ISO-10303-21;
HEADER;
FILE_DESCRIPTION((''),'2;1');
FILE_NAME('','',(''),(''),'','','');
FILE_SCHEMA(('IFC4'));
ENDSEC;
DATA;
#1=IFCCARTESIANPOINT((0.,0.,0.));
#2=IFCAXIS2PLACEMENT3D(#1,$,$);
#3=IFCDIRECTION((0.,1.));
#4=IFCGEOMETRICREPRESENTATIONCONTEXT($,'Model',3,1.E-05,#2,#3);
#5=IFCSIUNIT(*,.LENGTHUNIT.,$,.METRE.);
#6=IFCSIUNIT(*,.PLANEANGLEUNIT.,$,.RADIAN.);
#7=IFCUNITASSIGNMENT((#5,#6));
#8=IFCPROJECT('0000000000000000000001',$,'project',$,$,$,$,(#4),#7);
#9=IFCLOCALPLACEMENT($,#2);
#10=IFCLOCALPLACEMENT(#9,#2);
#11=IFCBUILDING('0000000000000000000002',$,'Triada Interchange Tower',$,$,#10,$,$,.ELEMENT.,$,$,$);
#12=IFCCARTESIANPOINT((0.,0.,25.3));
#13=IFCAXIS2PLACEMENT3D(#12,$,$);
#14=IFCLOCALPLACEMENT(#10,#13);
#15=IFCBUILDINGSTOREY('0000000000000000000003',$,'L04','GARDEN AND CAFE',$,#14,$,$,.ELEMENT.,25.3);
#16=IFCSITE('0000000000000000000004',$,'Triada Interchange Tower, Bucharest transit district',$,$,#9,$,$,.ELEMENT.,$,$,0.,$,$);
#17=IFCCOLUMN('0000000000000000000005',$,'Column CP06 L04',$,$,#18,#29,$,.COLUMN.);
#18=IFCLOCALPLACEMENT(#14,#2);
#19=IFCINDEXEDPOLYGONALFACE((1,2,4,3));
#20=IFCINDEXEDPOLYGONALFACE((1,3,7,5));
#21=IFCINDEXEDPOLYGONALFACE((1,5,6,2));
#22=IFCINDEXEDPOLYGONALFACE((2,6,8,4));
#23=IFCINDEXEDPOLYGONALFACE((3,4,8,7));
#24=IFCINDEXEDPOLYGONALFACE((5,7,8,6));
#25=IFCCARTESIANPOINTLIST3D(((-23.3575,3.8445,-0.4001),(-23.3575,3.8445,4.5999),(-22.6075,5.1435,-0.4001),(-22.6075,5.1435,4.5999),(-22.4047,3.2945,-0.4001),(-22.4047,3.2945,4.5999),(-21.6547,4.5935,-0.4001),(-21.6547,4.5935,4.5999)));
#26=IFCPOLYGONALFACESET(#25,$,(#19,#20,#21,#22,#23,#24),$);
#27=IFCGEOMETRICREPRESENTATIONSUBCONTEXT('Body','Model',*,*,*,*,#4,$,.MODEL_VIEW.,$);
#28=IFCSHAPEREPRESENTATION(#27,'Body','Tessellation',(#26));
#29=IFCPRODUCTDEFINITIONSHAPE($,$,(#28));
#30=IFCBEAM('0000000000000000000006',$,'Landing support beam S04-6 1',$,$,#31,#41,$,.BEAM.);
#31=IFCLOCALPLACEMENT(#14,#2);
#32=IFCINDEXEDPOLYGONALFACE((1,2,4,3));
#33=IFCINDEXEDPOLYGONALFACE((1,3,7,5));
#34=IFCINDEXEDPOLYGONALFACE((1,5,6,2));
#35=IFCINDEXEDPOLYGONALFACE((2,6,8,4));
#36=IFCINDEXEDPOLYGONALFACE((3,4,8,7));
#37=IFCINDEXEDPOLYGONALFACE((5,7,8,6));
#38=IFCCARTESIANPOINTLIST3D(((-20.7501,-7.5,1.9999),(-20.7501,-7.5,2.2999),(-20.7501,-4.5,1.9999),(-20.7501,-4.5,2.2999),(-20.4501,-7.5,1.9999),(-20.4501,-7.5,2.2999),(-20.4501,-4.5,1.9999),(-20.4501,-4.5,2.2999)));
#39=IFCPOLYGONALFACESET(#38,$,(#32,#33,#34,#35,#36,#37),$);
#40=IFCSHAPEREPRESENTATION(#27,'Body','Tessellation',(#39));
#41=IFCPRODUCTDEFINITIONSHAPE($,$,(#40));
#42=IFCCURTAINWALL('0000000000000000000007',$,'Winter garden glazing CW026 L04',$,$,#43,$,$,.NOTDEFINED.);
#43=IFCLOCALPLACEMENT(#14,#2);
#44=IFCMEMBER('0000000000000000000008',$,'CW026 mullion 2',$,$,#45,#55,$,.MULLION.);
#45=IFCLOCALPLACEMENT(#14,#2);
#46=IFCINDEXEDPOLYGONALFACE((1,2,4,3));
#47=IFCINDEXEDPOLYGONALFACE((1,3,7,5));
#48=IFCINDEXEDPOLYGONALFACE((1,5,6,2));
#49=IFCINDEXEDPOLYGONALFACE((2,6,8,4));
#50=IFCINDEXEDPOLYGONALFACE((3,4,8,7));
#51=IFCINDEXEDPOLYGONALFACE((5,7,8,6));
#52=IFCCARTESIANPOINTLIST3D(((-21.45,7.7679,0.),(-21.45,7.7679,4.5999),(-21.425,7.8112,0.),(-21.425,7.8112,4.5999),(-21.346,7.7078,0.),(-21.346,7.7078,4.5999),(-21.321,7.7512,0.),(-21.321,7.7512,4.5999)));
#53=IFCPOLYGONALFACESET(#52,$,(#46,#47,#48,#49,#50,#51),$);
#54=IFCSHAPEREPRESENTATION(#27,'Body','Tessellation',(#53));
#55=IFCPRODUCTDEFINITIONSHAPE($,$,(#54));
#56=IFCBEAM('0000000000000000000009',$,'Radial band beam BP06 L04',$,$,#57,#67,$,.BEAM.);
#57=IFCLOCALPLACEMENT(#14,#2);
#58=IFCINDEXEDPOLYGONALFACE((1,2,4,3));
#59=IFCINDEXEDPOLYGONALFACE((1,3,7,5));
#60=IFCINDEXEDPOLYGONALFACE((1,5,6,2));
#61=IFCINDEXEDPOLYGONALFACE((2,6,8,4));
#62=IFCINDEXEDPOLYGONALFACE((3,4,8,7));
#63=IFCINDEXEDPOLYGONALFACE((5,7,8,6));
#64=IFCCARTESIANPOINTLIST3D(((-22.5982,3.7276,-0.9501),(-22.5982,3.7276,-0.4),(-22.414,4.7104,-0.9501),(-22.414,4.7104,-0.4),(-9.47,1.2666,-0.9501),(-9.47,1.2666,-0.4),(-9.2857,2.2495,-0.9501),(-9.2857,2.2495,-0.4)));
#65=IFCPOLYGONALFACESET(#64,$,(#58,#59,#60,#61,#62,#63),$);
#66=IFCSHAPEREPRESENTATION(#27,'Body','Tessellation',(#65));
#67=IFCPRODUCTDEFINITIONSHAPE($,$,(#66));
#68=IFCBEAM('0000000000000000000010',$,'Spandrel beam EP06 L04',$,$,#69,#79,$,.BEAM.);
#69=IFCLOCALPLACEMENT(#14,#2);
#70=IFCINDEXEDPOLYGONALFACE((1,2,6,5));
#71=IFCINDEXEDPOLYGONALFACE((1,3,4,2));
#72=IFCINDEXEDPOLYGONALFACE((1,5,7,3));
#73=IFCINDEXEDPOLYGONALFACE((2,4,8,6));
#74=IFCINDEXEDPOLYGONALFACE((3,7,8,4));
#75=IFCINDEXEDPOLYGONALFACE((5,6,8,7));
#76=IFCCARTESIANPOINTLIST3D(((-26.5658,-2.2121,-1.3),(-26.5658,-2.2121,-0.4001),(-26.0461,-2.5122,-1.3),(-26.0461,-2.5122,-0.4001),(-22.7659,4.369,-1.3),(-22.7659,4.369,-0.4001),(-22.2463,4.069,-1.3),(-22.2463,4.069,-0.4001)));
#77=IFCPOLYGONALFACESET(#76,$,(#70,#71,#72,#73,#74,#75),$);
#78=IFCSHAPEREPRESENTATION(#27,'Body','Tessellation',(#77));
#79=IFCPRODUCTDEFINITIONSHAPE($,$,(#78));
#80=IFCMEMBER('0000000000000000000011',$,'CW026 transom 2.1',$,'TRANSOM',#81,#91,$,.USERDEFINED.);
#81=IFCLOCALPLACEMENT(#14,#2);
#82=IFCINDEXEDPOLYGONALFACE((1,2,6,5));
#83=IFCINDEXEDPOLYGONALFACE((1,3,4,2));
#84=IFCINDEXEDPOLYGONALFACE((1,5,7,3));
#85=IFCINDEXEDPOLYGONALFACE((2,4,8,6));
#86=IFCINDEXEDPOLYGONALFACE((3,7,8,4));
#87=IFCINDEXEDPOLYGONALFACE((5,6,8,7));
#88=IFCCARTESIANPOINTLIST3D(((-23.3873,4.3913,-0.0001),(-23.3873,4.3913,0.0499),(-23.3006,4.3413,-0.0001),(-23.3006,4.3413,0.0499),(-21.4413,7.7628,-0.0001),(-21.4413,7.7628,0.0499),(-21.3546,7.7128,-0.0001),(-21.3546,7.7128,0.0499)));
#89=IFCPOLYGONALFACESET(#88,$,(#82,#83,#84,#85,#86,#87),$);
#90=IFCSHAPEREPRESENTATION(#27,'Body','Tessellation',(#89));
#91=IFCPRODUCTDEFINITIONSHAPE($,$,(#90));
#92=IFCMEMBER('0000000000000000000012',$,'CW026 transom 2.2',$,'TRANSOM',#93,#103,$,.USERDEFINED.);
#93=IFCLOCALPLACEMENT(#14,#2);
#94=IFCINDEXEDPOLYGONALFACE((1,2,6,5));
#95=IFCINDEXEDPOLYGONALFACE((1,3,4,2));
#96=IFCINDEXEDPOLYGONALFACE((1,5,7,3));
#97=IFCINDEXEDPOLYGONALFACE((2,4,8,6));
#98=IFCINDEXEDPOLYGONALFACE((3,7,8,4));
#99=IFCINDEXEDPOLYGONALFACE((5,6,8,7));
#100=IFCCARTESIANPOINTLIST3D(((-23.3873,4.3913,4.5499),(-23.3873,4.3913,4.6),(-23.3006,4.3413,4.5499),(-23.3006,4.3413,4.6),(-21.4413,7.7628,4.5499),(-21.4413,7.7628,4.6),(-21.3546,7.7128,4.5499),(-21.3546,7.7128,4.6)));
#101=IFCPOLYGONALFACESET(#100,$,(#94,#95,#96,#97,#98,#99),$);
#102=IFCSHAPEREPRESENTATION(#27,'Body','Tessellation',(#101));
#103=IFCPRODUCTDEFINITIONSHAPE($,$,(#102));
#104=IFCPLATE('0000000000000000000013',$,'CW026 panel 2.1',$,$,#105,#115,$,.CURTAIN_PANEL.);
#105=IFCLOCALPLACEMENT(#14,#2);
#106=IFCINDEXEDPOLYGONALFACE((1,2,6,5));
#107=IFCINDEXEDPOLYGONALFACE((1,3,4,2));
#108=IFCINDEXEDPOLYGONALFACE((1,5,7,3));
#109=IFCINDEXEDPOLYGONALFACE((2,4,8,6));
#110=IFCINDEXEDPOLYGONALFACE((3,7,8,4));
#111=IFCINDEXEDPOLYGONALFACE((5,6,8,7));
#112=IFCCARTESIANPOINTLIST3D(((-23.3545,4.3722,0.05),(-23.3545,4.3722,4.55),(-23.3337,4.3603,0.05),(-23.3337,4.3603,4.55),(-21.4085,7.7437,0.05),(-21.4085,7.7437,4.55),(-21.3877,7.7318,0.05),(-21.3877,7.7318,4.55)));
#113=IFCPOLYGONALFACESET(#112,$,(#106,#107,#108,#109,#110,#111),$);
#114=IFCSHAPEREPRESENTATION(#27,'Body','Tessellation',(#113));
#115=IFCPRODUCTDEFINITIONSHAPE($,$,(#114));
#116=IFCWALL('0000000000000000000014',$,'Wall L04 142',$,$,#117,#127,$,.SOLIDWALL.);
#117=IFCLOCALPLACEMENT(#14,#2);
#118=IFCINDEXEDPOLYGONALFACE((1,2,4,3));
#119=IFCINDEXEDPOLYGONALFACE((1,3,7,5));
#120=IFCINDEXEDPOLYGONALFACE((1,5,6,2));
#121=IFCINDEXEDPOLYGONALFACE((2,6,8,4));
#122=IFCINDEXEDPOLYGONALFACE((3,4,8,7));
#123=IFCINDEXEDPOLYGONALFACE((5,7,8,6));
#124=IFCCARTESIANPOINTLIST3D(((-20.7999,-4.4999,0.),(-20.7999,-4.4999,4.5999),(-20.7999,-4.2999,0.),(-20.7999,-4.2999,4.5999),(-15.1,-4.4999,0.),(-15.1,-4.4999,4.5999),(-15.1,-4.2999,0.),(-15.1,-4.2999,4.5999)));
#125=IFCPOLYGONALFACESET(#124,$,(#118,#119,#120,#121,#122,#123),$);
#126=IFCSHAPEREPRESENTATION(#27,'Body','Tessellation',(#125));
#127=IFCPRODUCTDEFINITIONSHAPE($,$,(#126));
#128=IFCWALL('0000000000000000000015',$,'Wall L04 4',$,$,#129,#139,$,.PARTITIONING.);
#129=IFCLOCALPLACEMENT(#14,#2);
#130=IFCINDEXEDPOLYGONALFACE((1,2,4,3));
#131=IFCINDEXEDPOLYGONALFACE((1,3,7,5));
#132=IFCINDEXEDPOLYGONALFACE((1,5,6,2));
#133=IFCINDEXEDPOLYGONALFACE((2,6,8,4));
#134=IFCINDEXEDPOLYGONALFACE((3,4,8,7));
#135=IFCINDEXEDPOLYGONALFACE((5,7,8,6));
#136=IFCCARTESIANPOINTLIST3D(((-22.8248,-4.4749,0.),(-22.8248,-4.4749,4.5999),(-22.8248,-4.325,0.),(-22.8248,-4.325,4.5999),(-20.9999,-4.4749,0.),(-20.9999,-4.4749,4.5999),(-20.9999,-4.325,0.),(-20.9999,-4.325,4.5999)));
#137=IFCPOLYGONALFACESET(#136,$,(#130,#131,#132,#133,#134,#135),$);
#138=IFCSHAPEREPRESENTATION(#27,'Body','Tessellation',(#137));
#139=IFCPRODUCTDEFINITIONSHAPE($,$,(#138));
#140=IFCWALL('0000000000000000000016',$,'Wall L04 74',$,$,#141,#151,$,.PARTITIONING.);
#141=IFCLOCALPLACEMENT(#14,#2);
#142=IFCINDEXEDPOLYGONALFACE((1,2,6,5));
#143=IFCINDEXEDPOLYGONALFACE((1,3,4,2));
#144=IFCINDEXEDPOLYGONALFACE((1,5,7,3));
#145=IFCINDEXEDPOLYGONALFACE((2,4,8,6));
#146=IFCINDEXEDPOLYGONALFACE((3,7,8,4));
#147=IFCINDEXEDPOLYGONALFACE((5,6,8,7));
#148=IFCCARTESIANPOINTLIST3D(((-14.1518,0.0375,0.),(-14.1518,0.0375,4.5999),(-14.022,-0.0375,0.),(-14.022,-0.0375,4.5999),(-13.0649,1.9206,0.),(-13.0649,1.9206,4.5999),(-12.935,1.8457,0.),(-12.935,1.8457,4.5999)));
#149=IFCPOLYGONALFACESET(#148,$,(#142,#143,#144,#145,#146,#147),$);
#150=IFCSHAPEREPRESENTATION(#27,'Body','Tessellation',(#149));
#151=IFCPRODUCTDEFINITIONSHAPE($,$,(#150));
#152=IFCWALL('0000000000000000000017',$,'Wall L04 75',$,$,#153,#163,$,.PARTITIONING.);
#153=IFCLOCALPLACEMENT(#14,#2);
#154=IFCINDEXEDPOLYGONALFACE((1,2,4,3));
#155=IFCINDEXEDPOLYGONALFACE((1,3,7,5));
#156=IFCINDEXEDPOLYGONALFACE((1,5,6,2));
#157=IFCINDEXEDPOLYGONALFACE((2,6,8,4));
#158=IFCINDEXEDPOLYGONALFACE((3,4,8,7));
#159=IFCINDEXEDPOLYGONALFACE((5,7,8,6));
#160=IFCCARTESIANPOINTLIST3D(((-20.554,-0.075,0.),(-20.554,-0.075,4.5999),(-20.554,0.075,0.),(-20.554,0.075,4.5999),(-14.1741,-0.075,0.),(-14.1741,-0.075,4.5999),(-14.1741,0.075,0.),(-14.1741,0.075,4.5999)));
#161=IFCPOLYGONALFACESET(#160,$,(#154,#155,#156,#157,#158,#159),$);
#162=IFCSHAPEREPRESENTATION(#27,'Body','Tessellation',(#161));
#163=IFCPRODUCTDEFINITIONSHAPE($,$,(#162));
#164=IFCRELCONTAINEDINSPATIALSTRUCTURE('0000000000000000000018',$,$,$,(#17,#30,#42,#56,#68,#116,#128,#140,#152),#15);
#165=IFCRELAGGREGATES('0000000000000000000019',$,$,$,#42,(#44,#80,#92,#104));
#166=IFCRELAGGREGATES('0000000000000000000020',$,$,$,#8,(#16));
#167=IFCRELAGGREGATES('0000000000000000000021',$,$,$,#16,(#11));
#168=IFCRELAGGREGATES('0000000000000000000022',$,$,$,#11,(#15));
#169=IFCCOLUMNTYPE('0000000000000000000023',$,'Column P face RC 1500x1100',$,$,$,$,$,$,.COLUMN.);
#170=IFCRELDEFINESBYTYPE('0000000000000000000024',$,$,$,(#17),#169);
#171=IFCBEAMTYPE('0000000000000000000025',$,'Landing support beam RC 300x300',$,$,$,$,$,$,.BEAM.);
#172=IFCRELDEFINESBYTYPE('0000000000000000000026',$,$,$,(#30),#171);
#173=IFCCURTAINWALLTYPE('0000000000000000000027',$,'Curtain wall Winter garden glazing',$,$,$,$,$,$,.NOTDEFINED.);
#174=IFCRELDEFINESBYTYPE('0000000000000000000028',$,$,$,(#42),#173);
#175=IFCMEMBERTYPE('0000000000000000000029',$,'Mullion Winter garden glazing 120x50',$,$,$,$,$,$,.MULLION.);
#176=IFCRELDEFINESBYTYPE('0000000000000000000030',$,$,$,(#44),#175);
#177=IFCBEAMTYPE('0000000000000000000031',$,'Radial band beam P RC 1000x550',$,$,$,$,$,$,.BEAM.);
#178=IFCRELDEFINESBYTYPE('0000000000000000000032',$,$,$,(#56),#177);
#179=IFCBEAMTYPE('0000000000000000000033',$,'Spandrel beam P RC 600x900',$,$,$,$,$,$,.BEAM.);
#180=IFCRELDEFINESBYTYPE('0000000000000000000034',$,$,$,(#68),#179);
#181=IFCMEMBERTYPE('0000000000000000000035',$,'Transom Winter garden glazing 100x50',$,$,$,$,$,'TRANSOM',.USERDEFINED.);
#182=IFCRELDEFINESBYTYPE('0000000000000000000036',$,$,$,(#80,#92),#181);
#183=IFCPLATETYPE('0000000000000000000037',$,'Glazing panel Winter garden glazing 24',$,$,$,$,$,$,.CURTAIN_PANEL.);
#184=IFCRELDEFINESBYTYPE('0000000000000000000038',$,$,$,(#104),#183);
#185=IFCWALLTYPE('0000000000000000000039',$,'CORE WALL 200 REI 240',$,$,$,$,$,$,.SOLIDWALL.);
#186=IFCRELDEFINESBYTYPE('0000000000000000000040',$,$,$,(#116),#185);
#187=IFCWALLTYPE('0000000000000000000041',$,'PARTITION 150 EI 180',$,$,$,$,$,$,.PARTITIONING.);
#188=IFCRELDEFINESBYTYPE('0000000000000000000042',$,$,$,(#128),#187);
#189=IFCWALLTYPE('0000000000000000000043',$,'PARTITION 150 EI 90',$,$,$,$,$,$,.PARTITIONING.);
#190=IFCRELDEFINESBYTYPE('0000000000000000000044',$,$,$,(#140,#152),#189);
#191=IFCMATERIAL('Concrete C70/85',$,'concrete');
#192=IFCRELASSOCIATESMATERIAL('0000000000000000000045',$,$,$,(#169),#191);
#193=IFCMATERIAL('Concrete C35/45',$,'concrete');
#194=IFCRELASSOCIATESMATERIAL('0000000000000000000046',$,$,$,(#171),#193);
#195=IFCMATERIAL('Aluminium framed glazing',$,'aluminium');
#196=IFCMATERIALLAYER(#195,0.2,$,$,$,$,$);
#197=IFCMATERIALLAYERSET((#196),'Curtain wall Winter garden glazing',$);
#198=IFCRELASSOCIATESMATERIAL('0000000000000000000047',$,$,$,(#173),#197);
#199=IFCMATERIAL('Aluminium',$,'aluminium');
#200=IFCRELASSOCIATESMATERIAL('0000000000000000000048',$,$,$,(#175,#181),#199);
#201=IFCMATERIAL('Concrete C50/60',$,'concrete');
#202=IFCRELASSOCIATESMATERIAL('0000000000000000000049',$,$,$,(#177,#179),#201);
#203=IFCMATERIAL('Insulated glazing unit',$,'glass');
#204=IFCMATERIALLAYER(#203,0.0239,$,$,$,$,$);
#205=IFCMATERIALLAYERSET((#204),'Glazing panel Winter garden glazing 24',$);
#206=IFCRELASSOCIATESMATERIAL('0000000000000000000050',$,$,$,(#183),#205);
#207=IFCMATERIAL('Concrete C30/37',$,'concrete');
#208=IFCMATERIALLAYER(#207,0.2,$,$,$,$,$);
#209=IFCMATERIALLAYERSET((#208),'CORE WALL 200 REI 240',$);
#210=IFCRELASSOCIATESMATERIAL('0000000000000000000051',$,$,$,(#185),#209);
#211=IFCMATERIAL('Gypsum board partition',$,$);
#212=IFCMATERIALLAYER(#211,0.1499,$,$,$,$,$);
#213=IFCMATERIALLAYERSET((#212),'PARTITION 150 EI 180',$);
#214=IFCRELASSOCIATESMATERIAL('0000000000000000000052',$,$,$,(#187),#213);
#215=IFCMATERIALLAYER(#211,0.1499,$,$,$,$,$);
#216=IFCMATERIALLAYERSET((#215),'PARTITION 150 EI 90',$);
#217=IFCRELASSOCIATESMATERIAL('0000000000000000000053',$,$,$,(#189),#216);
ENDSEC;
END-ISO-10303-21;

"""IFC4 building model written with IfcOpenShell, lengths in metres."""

from ifc_helpers import new_model, si_unit, direction, frame, frame_2d, origin, origin_2d, place, context, subcontext, project, spatial, rectangle, extrude, material, layer, layer_set, material_profile, profile_set, type_object, element, aggregate, save


model = new_model("IFC4")

# Units and contexts
model_context = context("Model", 3, precision=1e-05, world=origin(), true_north=direction((0.0, 1.0)))
body_context = subcontext(model_context, "Body", "Model", "MODEL_VIEW")
ifc_project = project(units=[si_unit("LENGTHUNIT", "METRE"), si_unit("PLANEANGLEUNIT", "RADIAN")], contexts=[model_context])

# Site, building, storey
site_placement = place(None, origin())
site = spatial("IfcSite", under=ifc_project, at=site_placement, Name="Triada Interchange Tower, Bucharest transit district", CompositionType="ELEMENT", RefElevation=0.0)
building_placement = place(site_placement, origin())
building = spatial("IfcBuilding", under=site, at=building_placement, Name="Triada Interchange Tower", CompositionType="ELEMENT")
storey_placement = place(building_placement, frame((0.0, 0.0, 25.3)))
storey = spatial("IfcBuildingStorey", under=building, at=storey_placement, Name="L04", Description="GARDEN AND CAFE", CompositionType="ELEMENT", Elevation=25.3)

# Column
ifc_material_1 = material(Name="Concrete C70/85", Category="concrete")
ifc_material_profile_1 = material_profile(ifc_material_1, rectangle(XDim=1.5, YDim=1.1001, at=origin_2d()), Name="RC 1500x1100")
ifc_profile_set_1 = profile_set([ifc_material_profile_1], Name="Concrete C70/85")
column_type = type_object("IfcColumnType", Name="Column P face RC 1500x1100", PredefinedType="COLUMN", material=ifc_profile_set_1)
column_placement = place(storey_placement, frame((-22.5061, 4.219, -0.4001), z_axis=(0.0, 0.0, 1.0), x_axis=(0.5, 0.866025, 0.0)))
element("IfcColumn", 1, at=column_placement, inside=storey, type_object=column_type, Name="Column CP06 L04", PredefinedType="COLUMN", context=body_context, shape_type="SweptSolid", body=[
    extrude(rectangle(XDim=1.5, YDim=1.1001, at=origin_2d()), origin(), (0.0, 0.0, 1.0), 5.0),
])

# Beam
ifc_material_2 = material(Name="Concrete C35/45", Category="concrete")
ifc_material_profile_2 = material_profile(ifc_material_2, rectangle(XDim=0.3, YDim=0.3, at=origin_2d()), Name="RC 300x300")
ifc_profile_set_2 = profile_set([ifc_material_profile_2], Name="Concrete C35/45")
beam_type_1 = type_object("IfcBeamType", Name="Landing support beam RC 300x300", PredefinedType="BEAM", material=ifc_profile_set_2)
beam_1_placement = place(storey_placement, frame((-20.6001, -4.5, 2.1499), z_axis=(0.0, -1.0, 0.0), x_axis=(1.0, 0.0, 0.0)))
element("IfcBeam", 2, at=beam_1_placement, inside=storey, type_object=beam_type_1, Name="Landing support beam S04-6 1", PredefinedType="BEAM", context=body_context, shape_type="SweptSolid", body=[
    extrude(rectangle(XDim=0.3, YDim=0.3, at=origin_2d()), origin(), (0.0, 0.0, 1.0), 3.0),
])

# Curtain wall, member
ifc_material_3 = material(Name="Aluminium framed glazing", Category="aluminium")
ifc_layer_1 = layer(ifc_material_3, 0.2)
ifc_layer_set_1 = layer_set([ifc_layer_1], Name="Curtain wall Winter garden glazing")
curtain_wall_type = type_object("IfcCurtainWallType", Name="Curtain wall Winter garden glazing", PredefinedType="NOTDEFINED", material=ifc_layer_set_1)
curtain_wall_placement = place(storey_placement, origin())
curtain_wall = element("IfcCurtainWall", 3, at=curtain_wall_placement, inside=storey, type_object=curtain_wall_type, Name="Winter garden glazing CW026 L04", PredefinedType="NOTDEFINED")
ifc_material_4 = material(Name="Aluminium", Category="aluminium")
ifc_material_profile_3 = material_profile(ifc_material_4, rectangle(XDim=0.1201, YDim=0.05, at=origin_2d()), Name="Aluminium mullion")
ifc_profile_set_3 = profile_set([ifc_material_profile_3], Name="Aluminium")
member_type_1 = type_object("IfcMemberType", Name="Mullion Winter garden glazing 120x50", PredefinedType="MULLION", material=ifc_profile_set_3)
member_1_placement = place(storey_placement, frame((-21.3855, 7.7595, 0.0), z_axis=(0.0, 0.0, 1.0), x_axis=(0.866087, -0.499893, 0.0)))
member_1 = element("IfcMember", 4, at=member_1_placement, type_object=member_type_1, Name="CW026 mullion 2", PredefinedType="MULLION", context=body_context, shape_type="SweptSolid", body=[
    extrude(rectangle(XDim=0.1201, YDim=0.05, at=origin_2d()), origin(), (0.0, 0.0, 1.0), 4.5999),
])

# Beams
ifc_material_5 = material(Name="Concrete C50/60", Category="concrete")
ifc_material_profile_4 = material_profile(ifc_material_5, rectangle(XDim=1.0, YDim=0.55, at=origin_2d()), Name="RC 1000x550")
ifc_profile_set_4 = profile_set([ifc_material_profile_4], Name="Concrete C50/60")
beam_type_2 = type_object("IfcBeamType", Name="Radial band beam P RC 1000x550", PredefinedType="BEAM", material=ifc_profile_set_4)
beam_2_placement = place(storey_placement, frame((-22.5061, 4.219, -0.675), z_axis=(0.98288, -0.184245, 0.0), x_axis=(0.184245, 0.98288, 0.0)))
element("IfcBeam", 5, at=beam_2_placement, inside=storey, type_object=beam_type_2, Name="Radial band beam BP06 L04", PredefinedType="BEAM", context=body_context, shape_type="SweptSolid", body=[
    extrude(rectangle(XDim=1.0, YDim=0.55, at=origin_2d()), origin(), (0.0, 0.0, 1.0), 13.3569),
])
ifc_material_profile_5 = material_profile(ifc_material_5, rectangle(XDim=0.6001, YDim=0.8999, at=origin_2d()), Name="RC 600x900")
ifc_profile_set_5 = profile_set([ifc_material_profile_5], Name="Concrete C50/60")
beam_type_3 = type_object("IfcBeamType", Name="Spandrel beam P RC 600x900", PredefinedType="BEAM", material=ifc_profile_set_5)
beam_3_placement = place(storey_placement, frame((-22.5061, 4.219, -0.8501), z_axis=(-0.500023, -0.866012, 0.0), x_axis=(0.866012, -0.500023, 0.0)))
element("IfcBeam", 6, at=beam_3_placement, inside=storey, type_object=beam_type_3, Name="Spandrel beam EP06 L04", PredefinedType="BEAM", context=body_context, shape_type="SweptSolid", body=[
    extrude(rectangle(XDim=0.6001, YDim=0.8999, at=origin_2d()), origin(), (0.0, 0.0, 1.0), 7.5994),
])

# Members
ifc_material_profile_6 = material_profile(ifc_material_4, rectangle(XDim=0.1001, YDim=0.05, at=origin_2d()), Name="Aluminium transom")
ifc_profile_set_6 = profile_set([ifc_material_profile_6], Name="Aluminium")
member_type_2 = type_object("IfcMemberType", Name="Transom Winter garden glazing 100x50", ElementType="TRANSOM", PredefinedType="USERDEFINED", material=ifc_profile_set_6)
member_2_placement = place(storey_placement, frame((-21.3979, 7.7378, 0.0249), z_axis=(-0.499896, -0.866085, 0.0), x_axis=(0.866085, -0.499896, 0.0)))
member_2 = element("IfcMember", 7, at=member_2_placement, type_object=member_type_2, Name="CW026 transom 2.1", ObjectType="TRANSOM", PredefinedType="USERDEFINED", context=body_context, shape_type="SweptSolid", body=[
    extrude(rectangle(XDim=0.1001, YDim=0.05, at=origin_2d()), origin(), (0.0, 0.0, 1.0), 3.8928),
])
member_3_placement = place(storey_placement, frame((-21.3979, 7.7378, 4.575), z_axis=(-0.499896, -0.866085, 0.0), x_axis=(0.866085, -0.499896, 0.0)))
member_3 = element("IfcMember", 8, at=member_3_placement, type_object=member_type_2, Name="CW026 transom 2.2", ObjectType="TRANSOM", PredefinedType="USERDEFINED", context=body_context, shape_type="SweptSolid", body=[
    extrude(rectangle(XDim=0.1001, YDim=0.05, at=origin_2d()), origin(), (0.0, 0.0, 1.0), 3.8928),
])

# Plate
ifc_material_6 = material(Name="Insulated glazing unit", Category="glass")
ifc_layer_2 = layer(ifc_material_6, 0.0239)
ifc_layer_set_2 = layer_set([ifc_layer_2], Name="Glazing panel Winter garden glazing 24")
plate_type = type_object("IfcPlateType", Name="Glazing panel Winter garden glazing 24", PredefinedType="CURTAIN_PANEL", material=ifc_layer_set_2)
plate_placement = place(storey_placement, frame((-22.3711, 6.052, 0.05), z_axis=(0.0, 0.0, 1.0), x_axis=(-0.499893, -0.866087, 0.0)))
plate = element("IfcPlate", 9, at=plate_placement, type_object=plate_type, Name="CW026 panel 2.1", PredefinedType="CURTAIN_PANEL", context=body_context, shape_type="SweptSolid", body=[
    extrude(rectangle(XDim=3.8928, YDim=0.0239, at=origin_2d()), origin(), (0.0, 0.0, 1.0), 4.5),
])
aggregate(curtain_wall, [member_1, member_2, member_3, plate])

# Walls
ifc_material_7 = material(Name="Concrete C30/37", Category="concrete")
ifc_layer_3 = layer(ifc_material_7, 0.2)
ifc_layer_set_3 = layer_set([ifc_layer_3], Name="CORE WALL 200 REI 240")
wall_type_1 = type_object("IfcWallType", Name="CORE WALL 200 REI 240", PredefinedType="SOLIDWALL", material=ifc_layer_set_3)
wall_1_placement = place(storey_placement, frame((-20.8, -4.3999, 0.0), z_axis=(0.0, 0.0, 1.0), x_axis=(1.0, 0.0, 0.0)))
element("IfcWall", 10, at=wall_1_placement, inside=storey, type_object=wall_type_1, Name="Wall L04 142", PredefinedType="SOLIDWALL", context=body_context, shape_type="SweptSolid", body=[
    extrude(rectangle(XDim=5.7, YDim=0.2, at=frame_2d((2.8501, 0.0))), origin(), (0.0, 0.0, 1.0), 4.5999),
])
ifc_material_8 = material(Name="Gypsum board partition")
ifc_layer_4 = layer(ifc_material_8, 0.1499)
ifc_layer_set_4 = layer_set([ifc_layer_4], Name="PARTITION 150 EI 180")
wall_type_2 = type_object("IfcWallType", Name="PARTITION 150 EI 180", PredefinedType="PARTITIONING", material=ifc_layer_set_4)
wall_2_placement = place(storey_placement, frame((-22.825, -4.3999, 0.0), z_axis=(0.0, 0.0, 1.0), x_axis=(1.0, 0.0, 0.0)))
element("IfcWall", 11, at=wall_2_placement, inside=storey, type_object=wall_type_2, Name="Wall L04 4", PredefinedType="PARTITIONING", context=body_context, shape_type="SweptSolid", body=[
    extrude(rectangle(XDim=1.825, YDim=0.1499, at=frame_2d((0.9126, 0.0))), origin(), (0.0, 0.0, 1.0), 4.5999),
])
ifc_layer_5 = layer(ifc_material_8, 0.1499)
ifc_layer_set_5 = layer_set([ifc_layer_5], Name="PARTITION 150 EI 90")
wall_type_3 = type_object("IfcWallType", Name="PARTITION 150 EI 90", PredefinedType="PARTITIONING", material=ifc_layer_set_5)
wall_3_placement = place(storey_placement, frame((-14.0869, 0.0, 0.0), z_axis=(0.0, 0.0, 1.0), x_axis=(0.499907, 0.866079, 0.0)))
element("IfcWall", 12, at=wall_3_placement, inside=storey, type_object=wall_type_3, Name="Wall L04 74", PredefinedType="PARTITIONING", context=body_context, shape_type="SweptSolid", body=[
    extrude(rectangle(XDim=2.1743, YDim=0.1499, at=frame_2d((1.0872, 0.0))), origin(), (0.0, 0.0, 1.0), 4.5999),
])
wall_4_placement = place(storey_placement, frame((-20.554, 0.0, 0.0), z_axis=(0.0, 0.0, 1.0), x_axis=(1.0, 0.0, 0.0)))
element("IfcWall", 13, at=wall_4_placement, inside=storey, type_object=wall_type_3, Name="Wall L04 75", PredefinedType="PARTITIONING", context=body_context, shape_type="SweptSolid", body=[
    extrude(rectangle(XDim=6.3799, YDim=0.1499, at=frame_2d((3.1899, 0.0))), origin(), (0.0, 0.0, 1.0), 4.5999),
])

save(model, "model.ifc")
